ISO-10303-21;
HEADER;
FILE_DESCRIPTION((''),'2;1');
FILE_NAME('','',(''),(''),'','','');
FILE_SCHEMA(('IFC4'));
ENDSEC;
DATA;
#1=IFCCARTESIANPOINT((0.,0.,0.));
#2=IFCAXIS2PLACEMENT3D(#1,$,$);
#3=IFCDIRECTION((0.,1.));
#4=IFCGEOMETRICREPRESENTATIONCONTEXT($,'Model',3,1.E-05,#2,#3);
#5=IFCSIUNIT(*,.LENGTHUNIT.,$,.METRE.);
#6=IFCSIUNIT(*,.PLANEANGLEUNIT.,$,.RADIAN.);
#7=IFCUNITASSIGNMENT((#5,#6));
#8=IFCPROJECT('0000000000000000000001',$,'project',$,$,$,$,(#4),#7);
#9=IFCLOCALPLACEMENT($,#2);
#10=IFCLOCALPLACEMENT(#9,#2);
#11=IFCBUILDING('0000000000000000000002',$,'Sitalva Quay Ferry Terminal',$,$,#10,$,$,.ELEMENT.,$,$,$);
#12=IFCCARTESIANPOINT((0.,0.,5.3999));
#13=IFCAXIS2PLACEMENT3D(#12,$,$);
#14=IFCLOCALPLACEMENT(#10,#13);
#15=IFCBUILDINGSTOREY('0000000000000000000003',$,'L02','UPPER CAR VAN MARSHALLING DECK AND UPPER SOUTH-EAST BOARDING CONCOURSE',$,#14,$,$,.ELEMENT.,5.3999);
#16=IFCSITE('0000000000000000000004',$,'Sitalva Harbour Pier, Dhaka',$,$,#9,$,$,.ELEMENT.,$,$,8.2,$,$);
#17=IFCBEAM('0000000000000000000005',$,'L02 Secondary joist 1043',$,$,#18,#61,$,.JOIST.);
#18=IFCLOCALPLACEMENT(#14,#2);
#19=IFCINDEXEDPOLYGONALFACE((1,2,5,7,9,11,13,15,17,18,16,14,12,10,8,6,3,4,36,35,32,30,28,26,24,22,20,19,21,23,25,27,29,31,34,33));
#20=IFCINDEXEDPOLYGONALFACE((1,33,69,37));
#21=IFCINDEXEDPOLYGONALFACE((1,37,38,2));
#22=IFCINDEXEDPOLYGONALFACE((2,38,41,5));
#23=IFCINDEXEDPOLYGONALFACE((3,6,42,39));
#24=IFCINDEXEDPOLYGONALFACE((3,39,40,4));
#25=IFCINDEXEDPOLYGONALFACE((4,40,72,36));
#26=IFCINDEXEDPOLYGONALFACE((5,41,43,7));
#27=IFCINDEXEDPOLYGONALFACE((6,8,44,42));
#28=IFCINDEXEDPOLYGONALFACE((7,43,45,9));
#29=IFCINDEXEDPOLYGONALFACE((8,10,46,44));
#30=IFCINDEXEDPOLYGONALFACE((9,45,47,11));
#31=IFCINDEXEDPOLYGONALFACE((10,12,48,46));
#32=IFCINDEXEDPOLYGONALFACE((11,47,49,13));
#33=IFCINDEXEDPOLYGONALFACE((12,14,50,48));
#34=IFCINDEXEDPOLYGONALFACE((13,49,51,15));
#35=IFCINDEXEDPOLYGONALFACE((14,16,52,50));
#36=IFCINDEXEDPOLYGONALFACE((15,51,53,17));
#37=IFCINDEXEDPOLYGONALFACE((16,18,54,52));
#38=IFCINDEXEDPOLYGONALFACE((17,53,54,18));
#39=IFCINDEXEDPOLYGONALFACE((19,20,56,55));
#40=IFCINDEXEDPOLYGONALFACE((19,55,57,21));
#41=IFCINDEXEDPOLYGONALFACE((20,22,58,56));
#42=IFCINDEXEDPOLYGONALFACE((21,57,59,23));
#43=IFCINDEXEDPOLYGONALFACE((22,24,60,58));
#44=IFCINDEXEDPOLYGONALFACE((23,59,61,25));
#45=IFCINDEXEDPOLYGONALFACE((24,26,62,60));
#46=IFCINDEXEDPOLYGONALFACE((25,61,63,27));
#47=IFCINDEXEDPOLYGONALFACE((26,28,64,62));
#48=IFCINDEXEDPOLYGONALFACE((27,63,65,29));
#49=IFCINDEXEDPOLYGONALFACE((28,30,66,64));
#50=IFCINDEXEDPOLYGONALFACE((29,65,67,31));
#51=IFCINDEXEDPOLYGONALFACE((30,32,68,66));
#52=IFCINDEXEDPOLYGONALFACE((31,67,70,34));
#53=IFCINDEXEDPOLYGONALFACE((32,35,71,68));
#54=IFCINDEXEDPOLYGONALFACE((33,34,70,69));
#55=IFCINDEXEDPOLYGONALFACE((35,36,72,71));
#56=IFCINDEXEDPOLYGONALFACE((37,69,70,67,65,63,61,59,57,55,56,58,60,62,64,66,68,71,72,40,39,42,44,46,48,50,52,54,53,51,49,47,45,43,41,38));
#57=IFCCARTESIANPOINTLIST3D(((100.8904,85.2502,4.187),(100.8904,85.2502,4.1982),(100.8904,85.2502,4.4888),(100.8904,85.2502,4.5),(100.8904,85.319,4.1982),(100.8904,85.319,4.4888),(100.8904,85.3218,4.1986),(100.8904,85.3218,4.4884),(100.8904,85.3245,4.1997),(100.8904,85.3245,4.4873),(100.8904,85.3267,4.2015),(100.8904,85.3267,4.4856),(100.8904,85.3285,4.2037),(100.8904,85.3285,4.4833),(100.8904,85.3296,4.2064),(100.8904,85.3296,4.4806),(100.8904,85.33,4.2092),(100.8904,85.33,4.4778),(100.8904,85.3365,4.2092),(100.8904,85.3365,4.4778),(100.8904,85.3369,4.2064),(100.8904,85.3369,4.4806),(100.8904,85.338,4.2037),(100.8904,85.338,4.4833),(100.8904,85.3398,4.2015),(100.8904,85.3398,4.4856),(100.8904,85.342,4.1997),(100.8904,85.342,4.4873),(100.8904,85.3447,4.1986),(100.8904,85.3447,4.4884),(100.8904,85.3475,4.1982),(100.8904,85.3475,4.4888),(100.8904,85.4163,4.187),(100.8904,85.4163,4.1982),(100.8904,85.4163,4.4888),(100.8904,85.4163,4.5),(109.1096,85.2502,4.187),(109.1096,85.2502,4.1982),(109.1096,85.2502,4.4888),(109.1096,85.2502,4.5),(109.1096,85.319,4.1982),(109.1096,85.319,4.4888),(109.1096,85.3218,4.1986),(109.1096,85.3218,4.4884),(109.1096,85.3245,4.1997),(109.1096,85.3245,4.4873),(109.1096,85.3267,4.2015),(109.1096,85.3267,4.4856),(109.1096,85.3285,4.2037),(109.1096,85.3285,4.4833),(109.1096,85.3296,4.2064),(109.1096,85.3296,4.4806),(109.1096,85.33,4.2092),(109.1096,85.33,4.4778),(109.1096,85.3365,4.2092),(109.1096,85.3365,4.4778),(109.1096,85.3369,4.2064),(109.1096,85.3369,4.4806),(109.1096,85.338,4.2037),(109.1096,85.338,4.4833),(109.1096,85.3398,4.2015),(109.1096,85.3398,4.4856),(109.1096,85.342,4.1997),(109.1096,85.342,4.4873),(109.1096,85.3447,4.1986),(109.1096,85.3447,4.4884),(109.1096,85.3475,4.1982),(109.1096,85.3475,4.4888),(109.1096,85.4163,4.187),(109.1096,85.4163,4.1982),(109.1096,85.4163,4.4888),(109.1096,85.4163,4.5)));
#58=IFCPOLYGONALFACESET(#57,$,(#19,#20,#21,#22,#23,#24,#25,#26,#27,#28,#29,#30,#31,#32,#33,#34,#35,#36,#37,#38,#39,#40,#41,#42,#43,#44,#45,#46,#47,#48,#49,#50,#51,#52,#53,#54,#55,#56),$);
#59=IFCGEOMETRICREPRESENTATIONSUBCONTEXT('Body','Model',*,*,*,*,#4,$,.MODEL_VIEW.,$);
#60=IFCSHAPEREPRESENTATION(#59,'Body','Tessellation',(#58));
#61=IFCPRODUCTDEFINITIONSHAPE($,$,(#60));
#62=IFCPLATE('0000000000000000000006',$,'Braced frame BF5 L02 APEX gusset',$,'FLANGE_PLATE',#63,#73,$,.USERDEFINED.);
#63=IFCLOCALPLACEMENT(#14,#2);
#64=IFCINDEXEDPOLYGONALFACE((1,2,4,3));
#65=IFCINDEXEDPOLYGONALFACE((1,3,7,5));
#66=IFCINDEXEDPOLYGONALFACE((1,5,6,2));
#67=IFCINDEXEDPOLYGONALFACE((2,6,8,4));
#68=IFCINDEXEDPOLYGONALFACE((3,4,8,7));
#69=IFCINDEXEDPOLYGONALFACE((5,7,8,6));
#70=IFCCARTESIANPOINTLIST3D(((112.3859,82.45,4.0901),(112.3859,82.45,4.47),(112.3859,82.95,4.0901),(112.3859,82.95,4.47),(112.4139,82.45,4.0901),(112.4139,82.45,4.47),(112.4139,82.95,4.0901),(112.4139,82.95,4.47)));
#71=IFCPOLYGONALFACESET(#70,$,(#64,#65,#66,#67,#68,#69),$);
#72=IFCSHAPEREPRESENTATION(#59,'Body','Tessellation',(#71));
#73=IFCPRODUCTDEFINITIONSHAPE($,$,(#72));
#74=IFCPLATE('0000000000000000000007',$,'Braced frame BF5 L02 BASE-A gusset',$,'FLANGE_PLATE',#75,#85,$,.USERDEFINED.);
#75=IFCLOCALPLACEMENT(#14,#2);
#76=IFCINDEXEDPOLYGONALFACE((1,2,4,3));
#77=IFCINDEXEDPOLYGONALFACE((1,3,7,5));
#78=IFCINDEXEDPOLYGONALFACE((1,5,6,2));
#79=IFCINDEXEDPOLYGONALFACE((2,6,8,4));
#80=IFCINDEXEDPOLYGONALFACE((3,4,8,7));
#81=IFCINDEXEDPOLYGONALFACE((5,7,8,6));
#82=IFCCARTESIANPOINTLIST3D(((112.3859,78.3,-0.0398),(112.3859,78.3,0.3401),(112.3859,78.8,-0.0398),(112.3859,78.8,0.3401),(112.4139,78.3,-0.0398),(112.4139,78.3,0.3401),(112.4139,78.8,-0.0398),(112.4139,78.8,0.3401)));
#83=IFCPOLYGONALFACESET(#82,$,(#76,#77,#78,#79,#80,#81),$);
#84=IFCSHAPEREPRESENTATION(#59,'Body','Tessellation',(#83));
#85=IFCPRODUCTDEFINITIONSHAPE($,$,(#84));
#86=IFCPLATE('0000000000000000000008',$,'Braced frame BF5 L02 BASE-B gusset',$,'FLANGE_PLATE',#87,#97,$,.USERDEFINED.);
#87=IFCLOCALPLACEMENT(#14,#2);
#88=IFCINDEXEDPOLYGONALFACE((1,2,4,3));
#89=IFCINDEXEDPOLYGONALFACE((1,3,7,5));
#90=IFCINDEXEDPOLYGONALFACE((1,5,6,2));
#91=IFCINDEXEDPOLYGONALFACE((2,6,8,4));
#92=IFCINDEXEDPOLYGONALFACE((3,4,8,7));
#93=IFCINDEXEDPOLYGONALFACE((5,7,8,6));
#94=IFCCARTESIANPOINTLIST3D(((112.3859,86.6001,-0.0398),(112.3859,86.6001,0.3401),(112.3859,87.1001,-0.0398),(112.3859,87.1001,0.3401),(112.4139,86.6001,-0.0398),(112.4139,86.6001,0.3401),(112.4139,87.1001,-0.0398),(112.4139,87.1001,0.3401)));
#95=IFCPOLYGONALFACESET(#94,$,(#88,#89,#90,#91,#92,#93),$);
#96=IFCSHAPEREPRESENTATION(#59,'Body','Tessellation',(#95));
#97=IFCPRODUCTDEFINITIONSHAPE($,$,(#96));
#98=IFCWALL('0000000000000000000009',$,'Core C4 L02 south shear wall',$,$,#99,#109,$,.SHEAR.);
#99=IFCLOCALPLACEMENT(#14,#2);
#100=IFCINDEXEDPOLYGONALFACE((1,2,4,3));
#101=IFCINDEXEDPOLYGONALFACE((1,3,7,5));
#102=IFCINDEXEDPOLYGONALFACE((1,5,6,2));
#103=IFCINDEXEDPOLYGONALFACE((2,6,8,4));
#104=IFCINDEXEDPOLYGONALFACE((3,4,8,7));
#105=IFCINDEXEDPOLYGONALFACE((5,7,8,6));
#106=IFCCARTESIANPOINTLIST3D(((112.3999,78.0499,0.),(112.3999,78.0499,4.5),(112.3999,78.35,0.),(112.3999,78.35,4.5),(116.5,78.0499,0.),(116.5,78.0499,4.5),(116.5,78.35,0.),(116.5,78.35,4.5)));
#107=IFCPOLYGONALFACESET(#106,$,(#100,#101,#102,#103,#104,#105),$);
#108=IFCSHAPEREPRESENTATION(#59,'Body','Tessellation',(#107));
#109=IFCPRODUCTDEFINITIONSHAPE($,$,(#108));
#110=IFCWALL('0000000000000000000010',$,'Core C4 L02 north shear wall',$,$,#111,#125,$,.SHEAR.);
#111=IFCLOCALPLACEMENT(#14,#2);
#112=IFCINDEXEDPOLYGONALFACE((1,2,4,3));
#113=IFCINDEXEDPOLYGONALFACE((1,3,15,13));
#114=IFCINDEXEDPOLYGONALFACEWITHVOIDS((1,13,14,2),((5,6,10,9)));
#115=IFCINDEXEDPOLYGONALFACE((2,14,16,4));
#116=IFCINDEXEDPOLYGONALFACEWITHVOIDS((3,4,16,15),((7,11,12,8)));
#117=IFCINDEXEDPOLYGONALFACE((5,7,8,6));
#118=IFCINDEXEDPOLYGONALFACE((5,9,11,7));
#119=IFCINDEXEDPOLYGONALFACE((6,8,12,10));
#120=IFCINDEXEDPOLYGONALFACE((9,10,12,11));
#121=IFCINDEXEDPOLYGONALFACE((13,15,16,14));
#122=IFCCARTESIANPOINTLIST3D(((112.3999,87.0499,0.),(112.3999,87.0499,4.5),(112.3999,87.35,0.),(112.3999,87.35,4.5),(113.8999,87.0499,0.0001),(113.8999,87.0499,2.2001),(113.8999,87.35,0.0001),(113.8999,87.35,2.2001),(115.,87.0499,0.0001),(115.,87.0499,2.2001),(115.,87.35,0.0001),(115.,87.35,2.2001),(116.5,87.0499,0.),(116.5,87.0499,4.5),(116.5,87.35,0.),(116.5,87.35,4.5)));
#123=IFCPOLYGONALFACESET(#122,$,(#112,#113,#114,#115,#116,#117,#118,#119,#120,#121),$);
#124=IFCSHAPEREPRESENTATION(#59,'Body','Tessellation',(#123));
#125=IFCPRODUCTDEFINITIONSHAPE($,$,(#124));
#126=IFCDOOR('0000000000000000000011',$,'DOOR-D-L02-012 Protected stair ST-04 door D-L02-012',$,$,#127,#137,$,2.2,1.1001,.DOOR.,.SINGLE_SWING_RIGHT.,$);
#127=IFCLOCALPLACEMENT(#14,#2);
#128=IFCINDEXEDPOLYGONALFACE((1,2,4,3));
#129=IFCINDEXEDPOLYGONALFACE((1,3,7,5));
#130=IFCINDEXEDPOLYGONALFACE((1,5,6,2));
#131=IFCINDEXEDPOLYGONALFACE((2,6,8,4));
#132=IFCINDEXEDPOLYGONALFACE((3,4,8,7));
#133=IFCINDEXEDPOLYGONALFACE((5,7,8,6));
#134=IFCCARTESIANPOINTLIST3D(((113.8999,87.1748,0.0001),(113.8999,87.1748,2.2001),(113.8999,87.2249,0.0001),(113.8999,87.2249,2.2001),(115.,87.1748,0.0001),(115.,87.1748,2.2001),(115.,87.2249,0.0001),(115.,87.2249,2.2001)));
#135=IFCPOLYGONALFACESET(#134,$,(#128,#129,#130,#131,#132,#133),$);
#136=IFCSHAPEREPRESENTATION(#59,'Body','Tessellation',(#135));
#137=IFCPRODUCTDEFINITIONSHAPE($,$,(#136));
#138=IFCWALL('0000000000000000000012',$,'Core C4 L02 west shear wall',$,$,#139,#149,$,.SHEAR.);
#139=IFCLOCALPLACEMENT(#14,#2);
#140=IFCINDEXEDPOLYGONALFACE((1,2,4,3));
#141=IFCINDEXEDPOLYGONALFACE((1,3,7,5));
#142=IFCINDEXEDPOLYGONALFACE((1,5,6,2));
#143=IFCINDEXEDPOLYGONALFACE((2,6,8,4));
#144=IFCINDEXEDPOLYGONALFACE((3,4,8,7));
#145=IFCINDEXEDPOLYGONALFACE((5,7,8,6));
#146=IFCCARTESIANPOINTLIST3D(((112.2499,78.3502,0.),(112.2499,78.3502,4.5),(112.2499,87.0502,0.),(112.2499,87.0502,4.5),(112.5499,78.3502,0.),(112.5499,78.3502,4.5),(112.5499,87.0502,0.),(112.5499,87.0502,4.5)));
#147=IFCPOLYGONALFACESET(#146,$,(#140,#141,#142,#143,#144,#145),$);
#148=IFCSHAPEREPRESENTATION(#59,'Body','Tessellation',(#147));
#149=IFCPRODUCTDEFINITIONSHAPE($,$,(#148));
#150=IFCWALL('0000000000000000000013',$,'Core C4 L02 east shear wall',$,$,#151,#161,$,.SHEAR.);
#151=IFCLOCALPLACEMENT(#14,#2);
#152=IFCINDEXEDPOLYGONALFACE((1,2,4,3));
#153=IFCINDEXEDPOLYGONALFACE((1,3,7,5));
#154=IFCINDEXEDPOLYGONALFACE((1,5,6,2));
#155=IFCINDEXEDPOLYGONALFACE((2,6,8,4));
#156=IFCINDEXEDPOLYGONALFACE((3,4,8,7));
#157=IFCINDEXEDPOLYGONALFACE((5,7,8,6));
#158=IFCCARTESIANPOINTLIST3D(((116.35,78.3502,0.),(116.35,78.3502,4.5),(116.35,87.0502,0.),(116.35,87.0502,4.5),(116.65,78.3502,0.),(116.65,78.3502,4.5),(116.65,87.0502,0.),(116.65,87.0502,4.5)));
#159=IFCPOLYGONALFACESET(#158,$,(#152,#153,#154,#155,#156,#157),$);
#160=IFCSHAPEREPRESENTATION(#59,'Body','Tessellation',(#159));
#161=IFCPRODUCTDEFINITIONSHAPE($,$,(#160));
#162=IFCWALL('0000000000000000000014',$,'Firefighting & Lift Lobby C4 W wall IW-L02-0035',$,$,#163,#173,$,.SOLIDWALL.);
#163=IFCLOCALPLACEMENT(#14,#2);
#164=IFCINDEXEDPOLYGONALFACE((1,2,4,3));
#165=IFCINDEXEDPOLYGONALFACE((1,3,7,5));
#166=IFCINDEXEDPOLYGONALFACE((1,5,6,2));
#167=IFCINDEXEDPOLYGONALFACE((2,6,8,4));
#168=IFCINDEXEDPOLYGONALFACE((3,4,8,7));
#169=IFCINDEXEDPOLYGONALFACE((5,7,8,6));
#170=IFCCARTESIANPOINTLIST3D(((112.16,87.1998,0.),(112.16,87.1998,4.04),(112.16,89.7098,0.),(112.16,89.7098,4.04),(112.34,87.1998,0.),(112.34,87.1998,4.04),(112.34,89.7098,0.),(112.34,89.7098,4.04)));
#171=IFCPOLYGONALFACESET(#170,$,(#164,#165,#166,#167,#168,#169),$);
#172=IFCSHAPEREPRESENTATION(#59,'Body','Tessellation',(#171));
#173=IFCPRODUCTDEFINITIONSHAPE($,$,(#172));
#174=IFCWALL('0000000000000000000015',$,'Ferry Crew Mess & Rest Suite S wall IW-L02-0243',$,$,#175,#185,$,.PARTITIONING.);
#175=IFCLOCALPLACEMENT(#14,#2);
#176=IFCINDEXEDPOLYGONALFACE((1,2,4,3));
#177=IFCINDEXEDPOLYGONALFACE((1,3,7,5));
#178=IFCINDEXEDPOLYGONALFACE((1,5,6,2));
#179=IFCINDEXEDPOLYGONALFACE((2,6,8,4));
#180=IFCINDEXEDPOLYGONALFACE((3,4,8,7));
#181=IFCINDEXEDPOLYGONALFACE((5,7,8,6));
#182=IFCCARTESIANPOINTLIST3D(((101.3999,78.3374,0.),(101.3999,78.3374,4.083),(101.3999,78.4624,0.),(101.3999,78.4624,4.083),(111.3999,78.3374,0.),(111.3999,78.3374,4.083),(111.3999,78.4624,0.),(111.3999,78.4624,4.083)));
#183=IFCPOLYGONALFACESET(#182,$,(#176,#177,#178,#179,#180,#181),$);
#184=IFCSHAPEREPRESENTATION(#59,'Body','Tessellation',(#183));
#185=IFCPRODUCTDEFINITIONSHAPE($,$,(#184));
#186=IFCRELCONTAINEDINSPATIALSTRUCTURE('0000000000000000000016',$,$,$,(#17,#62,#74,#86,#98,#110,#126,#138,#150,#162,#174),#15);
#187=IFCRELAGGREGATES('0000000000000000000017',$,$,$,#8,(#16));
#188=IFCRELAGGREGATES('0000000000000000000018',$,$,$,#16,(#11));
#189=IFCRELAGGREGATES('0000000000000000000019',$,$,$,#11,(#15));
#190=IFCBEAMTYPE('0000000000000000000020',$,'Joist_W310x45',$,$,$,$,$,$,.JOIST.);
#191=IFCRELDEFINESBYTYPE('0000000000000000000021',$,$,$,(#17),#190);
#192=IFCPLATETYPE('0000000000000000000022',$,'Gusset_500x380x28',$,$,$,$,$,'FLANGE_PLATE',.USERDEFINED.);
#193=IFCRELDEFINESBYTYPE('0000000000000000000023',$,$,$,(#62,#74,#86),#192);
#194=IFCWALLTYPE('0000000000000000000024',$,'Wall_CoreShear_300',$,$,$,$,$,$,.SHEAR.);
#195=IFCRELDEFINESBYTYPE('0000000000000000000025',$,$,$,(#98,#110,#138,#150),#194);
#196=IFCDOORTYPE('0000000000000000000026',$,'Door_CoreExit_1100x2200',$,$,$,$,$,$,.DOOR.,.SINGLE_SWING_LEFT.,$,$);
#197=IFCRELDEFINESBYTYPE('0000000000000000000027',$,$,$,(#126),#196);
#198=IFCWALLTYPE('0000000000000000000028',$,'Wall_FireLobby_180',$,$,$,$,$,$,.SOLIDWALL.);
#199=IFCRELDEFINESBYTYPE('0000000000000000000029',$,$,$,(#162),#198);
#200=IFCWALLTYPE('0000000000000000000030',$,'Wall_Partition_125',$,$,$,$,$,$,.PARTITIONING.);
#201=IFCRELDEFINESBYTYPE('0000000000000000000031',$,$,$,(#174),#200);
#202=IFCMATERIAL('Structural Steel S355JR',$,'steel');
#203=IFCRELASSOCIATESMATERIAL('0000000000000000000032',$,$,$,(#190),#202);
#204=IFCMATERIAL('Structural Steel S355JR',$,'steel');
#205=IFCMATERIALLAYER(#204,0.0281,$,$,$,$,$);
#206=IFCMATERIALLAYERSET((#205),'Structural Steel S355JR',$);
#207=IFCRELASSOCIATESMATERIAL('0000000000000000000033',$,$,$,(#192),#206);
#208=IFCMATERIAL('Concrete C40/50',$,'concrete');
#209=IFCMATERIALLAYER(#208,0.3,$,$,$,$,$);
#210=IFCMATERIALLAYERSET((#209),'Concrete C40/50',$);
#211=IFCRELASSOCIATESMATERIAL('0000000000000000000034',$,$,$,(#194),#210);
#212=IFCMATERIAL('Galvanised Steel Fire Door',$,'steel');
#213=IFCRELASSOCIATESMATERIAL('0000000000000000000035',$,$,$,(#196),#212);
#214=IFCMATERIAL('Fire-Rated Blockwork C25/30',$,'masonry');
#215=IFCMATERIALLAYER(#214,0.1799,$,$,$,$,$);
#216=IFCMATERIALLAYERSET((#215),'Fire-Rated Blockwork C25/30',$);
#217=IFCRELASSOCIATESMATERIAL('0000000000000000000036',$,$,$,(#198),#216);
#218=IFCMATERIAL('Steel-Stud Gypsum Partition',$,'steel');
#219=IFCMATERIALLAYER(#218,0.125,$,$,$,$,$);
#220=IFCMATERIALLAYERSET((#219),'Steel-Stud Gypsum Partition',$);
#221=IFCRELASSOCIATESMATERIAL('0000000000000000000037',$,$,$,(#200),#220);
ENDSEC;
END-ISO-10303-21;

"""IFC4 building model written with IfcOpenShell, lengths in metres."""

from ifc_helpers import new_model, si_unit, direction, frame, frame_2d, origin, origin_2d, place, context, subcontext, project, spatial, rectangle, i_section, extrude, material, layer, layer_set, material_profile, profile_set, type_object, element, fill, save


model = new_model("IFC4")

# Units and contexts
model_context = context("Model", 3, precision=1e-05, world=origin(), true_north=direction((0.0, 1.0)))
body_context = subcontext(model_context, "Body", "Model", "MODEL_VIEW")
ifc_project = project(units=[si_unit("LENGTHUNIT", "METRE"), si_unit("PLANEANGLEUNIT", "RADIAN")], contexts=[model_context])

# Site, building, storey
site_placement = place(None, origin())
site = spatial("IfcSite", under=ifc_project, at=site_placement, Name="Sitalva Harbour Pier, Dhaka", CompositionType="ELEMENT", RefElevation=8.2)
building_placement = place(site_placement, origin())
building = spatial("IfcBuilding", under=site, at=building_placement, Name="Sitalva Quay Ferry Terminal", CompositionType="ELEMENT")
storey_placement = place(building_placement, frame((0.0, 0.0, 5.3999)))
storey = spatial("IfcBuildingStorey", under=building, at=storey_placement, Name="L02", Description="UPPER CAR VAN MARSHALLING DECK AND UPPER SOUTH-EAST BOARDING CONCOURSE", CompositionType="ELEMENT", Elevation=5.3999)

# Beam
ifc_material_1 = material(Name="Structural Steel S355JR", Category="steel")
ifc_material_profile_1 = material_profile(ifc_material_1, i_section(OverallWidth=0.166, OverallDepth=0.313, WebThickness=0.0066, FlangeThickness=0.0112, FilletRadius=0.011, at=origin_2d()), Name="W310x45")
ifc_profile_set_1 = profile_set([ifc_material_profile_1], Name="Structural Steel S355JR")
beam_type = type_object("IfcBeamType", Name="Joist_W310x45", PredefinedType="JOIST", material=ifc_profile_set_1)
for number, where, z_axis, x_axis, name in (
    (1, (100.8904, 85.3333, 4.3435), (1.0, 0.0, 0.0), (0.0, 1.0, 0.0), "L02 Secondary joist 1043"),
):
    element("IfcBeam", number, at=place(storey_placement, frame(where, z_axis=z_axis, x_axis=x_axis)), inside=storey, type_object=beam_type, Name=name, PredefinedType="JOIST", context=body_context, shape_type="SweptSolid", body=[
        extrude(i_section(OverallWidth=0.166, OverallDepth=0.313, WebThickness=0.0066, FlangeThickness=0.0112, FilletRadius=0.011, at=origin_2d()), origin(), (0.0, 0.0, 1.0), 8.2192),
    ])

# Plates
ifc_material_2 = material(Name="Structural Steel S355JR", Category="steel")
ifc_layer_1 = layer(ifc_material_2, 0.0281)
ifc_layer_set_1 = layer_set([ifc_layer_1], Name="Structural Steel S355JR")
plate_type = type_object("IfcPlateType", Name="Gusset_500x380x28", ElementType="FLANGE_PLATE", PredefinedType="USERDEFINED", material=ifc_layer_set_1)
for number, where, z_axis, x_axis, name in (
    (2, (112.3999, 82.7, 4.0901), (0.0, 0.0, 1.0), (1.0, 0.0, 0.0), "Braced frame BF5 L02 APEX gusset"),
    (3, (112.3999, 78.55, -0.0398), (0.0, 0.0, 1.0), (1.0, 0.0, 0.0), "Braced frame BF5 L02 BASE-A gusset"),
    (4, (112.3999, 86.8501, -0.0398), (0.0, 0.0, 1.0), (1.0, 0.0, 0.0), "Braced frame BF5 L02 BASE-B gusset"),
):
    element("IfcPlate", number, at=place(storey_placement, frame(where, z_axis=z_axis, x_axis=x_axis)), inside=storey, type_object=plate_type, Name=name, ObjectType="FLANGE_PLATE", PredefinedType="USERDEFINED", context=body_context, shape_type="SweptSolid", body=[
        extrude(rectangle(XDim=0.0281, YDim=0.5, at=origin_2d()), origin(), (0.0, 0.0, 1.0), 0.3799),
    ])

# Wall
ifc_material_3 = material(Name="Concrete C40/50", Category="concrete")
ifc_layer_2 = layer(ifc_material_3, 0.3)
ifc_layer_set_2 = layer_set([ifc_layer_2], Name="Concrete C40/50")
wall_type_1 = type_object("IfcWallType", Name="Wall_CoreShear_300", PredefinedType="SHEAR", material=ifc_layer_set_2)
wall_1_placement = place(storey_placement, frame((112.3999, 78.2, 0.0), z_axis=(0.0, 0.0, 1.0), x_axis=(1.0, 0.0, 0.0)))
element("IfcWall", 5, at=wall_1_placement, inside=storey, type_object=wall_type_1, Name="Core C4 L02 south shear wall", PredefinedType="SHEAR", context=body_context, shape_type="SweptSolid", body=[
    extrude(rectangle(XDim=4.1001, YDim=0.3, at=frame_2d((2.05, 0.0))), origin(), (0.0, 0.0, 1.0), 4.5),
])

# Wall, opening, door
wall_2_placement = place(storey_placement, frame((112.3999, 87.2, 0.0), z_axis=(0.0, 0.0, 1.0), x_axis=(1.0, 0.0, 0.0)))
wall_2 = element("IfcWall", 6, at=wall_2_placement, inside=storey, type_object=wall_type_1, Name="Core C4 L02 north shear wall", PredefinedType="SHEAR", context=body_context, shape_type="SweptSolid", body=[
    extrude(rectangle(XDim=4.1001, YDim=0.3, at=frame_2d((2.05, 0.0))), origin(), (0.0, 0.0, 1.0), 4.5),
])
opening_placement = place(wall_2_placement, frame((1.5, 0.0, 0.0)))
opening = element("IfcOpeningElement", 7, at=opening_placement, cuts=wall_2, PredefinedType="OPENING", context=body_context, shape_type="SweptSolid", body=[
    extrude(rectangle(XDim=1.1001, YDim=2.2, at=frame_2d((0.55, 1.1001))), frame((0.0, 0.1599, 0.0), z_axis=(0.0, -1.0, 0.0), x_axis=(1.0, 0.0, 0.0)), (0.0, 0.0, 1.0), 0.3201),
])
ifc_material_4 = material(Name="Galvanised Steel Fire Door", Category="steel")
door_type = type_object("IfcDoorType", Name="Door_CoreExit_1100x2200", OperationType="SINGLE_SWING_LEFT", PredefinedType="DOOR", material=ifc_material_4)
door_placement = place(opening_placement, origin())
door = element("IfcDoor", 8, at=door_placement, inside=storey, type_object=door_type, Name="DOOR-D-L02-012 Protected stair ST-04 door D-L02-012", OperationType="SINGLE_SWING_RIGHT", OverallHeight=2.2, OverallWidth=1.1001, PredefinedType="DOOR", context=body_context, shape_type="SweptSolid", body=[
    extrude(rectangle(XDim=1.1001, YDim=2.2, at=frame_2d((0.55, 1.1001))), frame((0.0, 0.0249, 0.0), z_axis=(0.0, -1.0, 0.0), x_axis=(1.0, 0.0, 0.0)), (0.0, 0.0, 1.0), 0.05),
])
fill(opening, door)

# Walls
for number, where, z_axis, x_axis, name in (
    (9, (112.3999, 78.3501, 0.0), (0.0, 0.0, 1.0), (0.0, 1.0, 0.0), "Core C4 L02 west shear wall"),
    (10, (116.5, 78.3501, 0.0), (0.0, 0.0, 1.0), (0.0, 1.0, 0.0), "Core C4 L02 east shear wall"),
):
    element("IfcWall", number, at=place(storey_placement, frame(where, z_axis=z_axis, x_axis=x_axis)), inside=storey, type_object=wall_type_1, Name=name, PredefinedType="SHEAR", context=body_context, shape_type="SweptSolid", body=[
        extrude(rectangle(XDim=8.7, YDim=0.3, at=frame_2d((4.3501, 0.0))), origin(), (0.0, 0.0, 1.0), 4.5),
    ])
ifc_material_5 = material(Name="Fire-Rated Blockwork C25/30", Category="masonry")
ifc_layer_3 = layer(ifc_material_5, 0.1799)
ifc_layer_set_3 = layer_set([ifc_layer_3], Name="Fire-Rated Blockwork C25/30")
wall_type_2 = type_object("IfcWallType", Name="Wall_FireLobby_180", PredefinedType="SOLIDWALL", material=ifc_layer_set_3)
wall_3_placement = place(storey_placement, frame((112.25, 87.2, 0.0), z_axis=(0.0, 0.0, 1.0), x_axis=(0.0, 1.0, 0.0)))
element("IfcWall", 11, at=wall_3_placement, inside=storey, type_object=wall_type_2, Name="Firefighting & Lift Lobby C4 W wall IW-L02-0035", PredefinedType="SOLIDWALL", context=body_context, shape_type="SweptSolid", body=[
    extrude(rectangle(XDim=2.51, YDim=0.1799, at=frame_2d((1.2549, 0.0))), origin(), (0.0, 0.0, 1.0), 4.04),
])
ifc_material_6 = material(Name="Steel-Stud Gypsum Partition", Category="steel")
ifc_layer_4 = layer(ifc_material_6, 0.125)
ifc_layer_set_4 = layer_set([ifc_layer_4], Name="Steel-Stud Gypsum Partition")
wall_type_3 = type_object("IfcWallType", Name="Wall_Partition_125", PredefinedType="PARTITIONING", material=ifc_layer_set_4)
wall_4_placement = place(storey_placement, frame((101.3999, 78.3999, 0.0), z_axis=(0.0, 0.0, 1.0), x_axis=(1.0, 0.0, 0.0)))
element("IfcWall", 12, at=wall_4_placement, inside=storey, type_object=wall_type_3, Name="Ferry Crew Mess & Rest Suite S wall IW-L02-0243", PredefinedType="PARTITIONING", context=body_context, shape_type="SweptSolid", body=[
    extrude(rectangle(XDim=10.0, YDim=0.125, at=frame_2d((5.0, 0.0))), origin(), (0.0, 0.0, 1.0), 4.083),
])

save(model, "model.ifc")
